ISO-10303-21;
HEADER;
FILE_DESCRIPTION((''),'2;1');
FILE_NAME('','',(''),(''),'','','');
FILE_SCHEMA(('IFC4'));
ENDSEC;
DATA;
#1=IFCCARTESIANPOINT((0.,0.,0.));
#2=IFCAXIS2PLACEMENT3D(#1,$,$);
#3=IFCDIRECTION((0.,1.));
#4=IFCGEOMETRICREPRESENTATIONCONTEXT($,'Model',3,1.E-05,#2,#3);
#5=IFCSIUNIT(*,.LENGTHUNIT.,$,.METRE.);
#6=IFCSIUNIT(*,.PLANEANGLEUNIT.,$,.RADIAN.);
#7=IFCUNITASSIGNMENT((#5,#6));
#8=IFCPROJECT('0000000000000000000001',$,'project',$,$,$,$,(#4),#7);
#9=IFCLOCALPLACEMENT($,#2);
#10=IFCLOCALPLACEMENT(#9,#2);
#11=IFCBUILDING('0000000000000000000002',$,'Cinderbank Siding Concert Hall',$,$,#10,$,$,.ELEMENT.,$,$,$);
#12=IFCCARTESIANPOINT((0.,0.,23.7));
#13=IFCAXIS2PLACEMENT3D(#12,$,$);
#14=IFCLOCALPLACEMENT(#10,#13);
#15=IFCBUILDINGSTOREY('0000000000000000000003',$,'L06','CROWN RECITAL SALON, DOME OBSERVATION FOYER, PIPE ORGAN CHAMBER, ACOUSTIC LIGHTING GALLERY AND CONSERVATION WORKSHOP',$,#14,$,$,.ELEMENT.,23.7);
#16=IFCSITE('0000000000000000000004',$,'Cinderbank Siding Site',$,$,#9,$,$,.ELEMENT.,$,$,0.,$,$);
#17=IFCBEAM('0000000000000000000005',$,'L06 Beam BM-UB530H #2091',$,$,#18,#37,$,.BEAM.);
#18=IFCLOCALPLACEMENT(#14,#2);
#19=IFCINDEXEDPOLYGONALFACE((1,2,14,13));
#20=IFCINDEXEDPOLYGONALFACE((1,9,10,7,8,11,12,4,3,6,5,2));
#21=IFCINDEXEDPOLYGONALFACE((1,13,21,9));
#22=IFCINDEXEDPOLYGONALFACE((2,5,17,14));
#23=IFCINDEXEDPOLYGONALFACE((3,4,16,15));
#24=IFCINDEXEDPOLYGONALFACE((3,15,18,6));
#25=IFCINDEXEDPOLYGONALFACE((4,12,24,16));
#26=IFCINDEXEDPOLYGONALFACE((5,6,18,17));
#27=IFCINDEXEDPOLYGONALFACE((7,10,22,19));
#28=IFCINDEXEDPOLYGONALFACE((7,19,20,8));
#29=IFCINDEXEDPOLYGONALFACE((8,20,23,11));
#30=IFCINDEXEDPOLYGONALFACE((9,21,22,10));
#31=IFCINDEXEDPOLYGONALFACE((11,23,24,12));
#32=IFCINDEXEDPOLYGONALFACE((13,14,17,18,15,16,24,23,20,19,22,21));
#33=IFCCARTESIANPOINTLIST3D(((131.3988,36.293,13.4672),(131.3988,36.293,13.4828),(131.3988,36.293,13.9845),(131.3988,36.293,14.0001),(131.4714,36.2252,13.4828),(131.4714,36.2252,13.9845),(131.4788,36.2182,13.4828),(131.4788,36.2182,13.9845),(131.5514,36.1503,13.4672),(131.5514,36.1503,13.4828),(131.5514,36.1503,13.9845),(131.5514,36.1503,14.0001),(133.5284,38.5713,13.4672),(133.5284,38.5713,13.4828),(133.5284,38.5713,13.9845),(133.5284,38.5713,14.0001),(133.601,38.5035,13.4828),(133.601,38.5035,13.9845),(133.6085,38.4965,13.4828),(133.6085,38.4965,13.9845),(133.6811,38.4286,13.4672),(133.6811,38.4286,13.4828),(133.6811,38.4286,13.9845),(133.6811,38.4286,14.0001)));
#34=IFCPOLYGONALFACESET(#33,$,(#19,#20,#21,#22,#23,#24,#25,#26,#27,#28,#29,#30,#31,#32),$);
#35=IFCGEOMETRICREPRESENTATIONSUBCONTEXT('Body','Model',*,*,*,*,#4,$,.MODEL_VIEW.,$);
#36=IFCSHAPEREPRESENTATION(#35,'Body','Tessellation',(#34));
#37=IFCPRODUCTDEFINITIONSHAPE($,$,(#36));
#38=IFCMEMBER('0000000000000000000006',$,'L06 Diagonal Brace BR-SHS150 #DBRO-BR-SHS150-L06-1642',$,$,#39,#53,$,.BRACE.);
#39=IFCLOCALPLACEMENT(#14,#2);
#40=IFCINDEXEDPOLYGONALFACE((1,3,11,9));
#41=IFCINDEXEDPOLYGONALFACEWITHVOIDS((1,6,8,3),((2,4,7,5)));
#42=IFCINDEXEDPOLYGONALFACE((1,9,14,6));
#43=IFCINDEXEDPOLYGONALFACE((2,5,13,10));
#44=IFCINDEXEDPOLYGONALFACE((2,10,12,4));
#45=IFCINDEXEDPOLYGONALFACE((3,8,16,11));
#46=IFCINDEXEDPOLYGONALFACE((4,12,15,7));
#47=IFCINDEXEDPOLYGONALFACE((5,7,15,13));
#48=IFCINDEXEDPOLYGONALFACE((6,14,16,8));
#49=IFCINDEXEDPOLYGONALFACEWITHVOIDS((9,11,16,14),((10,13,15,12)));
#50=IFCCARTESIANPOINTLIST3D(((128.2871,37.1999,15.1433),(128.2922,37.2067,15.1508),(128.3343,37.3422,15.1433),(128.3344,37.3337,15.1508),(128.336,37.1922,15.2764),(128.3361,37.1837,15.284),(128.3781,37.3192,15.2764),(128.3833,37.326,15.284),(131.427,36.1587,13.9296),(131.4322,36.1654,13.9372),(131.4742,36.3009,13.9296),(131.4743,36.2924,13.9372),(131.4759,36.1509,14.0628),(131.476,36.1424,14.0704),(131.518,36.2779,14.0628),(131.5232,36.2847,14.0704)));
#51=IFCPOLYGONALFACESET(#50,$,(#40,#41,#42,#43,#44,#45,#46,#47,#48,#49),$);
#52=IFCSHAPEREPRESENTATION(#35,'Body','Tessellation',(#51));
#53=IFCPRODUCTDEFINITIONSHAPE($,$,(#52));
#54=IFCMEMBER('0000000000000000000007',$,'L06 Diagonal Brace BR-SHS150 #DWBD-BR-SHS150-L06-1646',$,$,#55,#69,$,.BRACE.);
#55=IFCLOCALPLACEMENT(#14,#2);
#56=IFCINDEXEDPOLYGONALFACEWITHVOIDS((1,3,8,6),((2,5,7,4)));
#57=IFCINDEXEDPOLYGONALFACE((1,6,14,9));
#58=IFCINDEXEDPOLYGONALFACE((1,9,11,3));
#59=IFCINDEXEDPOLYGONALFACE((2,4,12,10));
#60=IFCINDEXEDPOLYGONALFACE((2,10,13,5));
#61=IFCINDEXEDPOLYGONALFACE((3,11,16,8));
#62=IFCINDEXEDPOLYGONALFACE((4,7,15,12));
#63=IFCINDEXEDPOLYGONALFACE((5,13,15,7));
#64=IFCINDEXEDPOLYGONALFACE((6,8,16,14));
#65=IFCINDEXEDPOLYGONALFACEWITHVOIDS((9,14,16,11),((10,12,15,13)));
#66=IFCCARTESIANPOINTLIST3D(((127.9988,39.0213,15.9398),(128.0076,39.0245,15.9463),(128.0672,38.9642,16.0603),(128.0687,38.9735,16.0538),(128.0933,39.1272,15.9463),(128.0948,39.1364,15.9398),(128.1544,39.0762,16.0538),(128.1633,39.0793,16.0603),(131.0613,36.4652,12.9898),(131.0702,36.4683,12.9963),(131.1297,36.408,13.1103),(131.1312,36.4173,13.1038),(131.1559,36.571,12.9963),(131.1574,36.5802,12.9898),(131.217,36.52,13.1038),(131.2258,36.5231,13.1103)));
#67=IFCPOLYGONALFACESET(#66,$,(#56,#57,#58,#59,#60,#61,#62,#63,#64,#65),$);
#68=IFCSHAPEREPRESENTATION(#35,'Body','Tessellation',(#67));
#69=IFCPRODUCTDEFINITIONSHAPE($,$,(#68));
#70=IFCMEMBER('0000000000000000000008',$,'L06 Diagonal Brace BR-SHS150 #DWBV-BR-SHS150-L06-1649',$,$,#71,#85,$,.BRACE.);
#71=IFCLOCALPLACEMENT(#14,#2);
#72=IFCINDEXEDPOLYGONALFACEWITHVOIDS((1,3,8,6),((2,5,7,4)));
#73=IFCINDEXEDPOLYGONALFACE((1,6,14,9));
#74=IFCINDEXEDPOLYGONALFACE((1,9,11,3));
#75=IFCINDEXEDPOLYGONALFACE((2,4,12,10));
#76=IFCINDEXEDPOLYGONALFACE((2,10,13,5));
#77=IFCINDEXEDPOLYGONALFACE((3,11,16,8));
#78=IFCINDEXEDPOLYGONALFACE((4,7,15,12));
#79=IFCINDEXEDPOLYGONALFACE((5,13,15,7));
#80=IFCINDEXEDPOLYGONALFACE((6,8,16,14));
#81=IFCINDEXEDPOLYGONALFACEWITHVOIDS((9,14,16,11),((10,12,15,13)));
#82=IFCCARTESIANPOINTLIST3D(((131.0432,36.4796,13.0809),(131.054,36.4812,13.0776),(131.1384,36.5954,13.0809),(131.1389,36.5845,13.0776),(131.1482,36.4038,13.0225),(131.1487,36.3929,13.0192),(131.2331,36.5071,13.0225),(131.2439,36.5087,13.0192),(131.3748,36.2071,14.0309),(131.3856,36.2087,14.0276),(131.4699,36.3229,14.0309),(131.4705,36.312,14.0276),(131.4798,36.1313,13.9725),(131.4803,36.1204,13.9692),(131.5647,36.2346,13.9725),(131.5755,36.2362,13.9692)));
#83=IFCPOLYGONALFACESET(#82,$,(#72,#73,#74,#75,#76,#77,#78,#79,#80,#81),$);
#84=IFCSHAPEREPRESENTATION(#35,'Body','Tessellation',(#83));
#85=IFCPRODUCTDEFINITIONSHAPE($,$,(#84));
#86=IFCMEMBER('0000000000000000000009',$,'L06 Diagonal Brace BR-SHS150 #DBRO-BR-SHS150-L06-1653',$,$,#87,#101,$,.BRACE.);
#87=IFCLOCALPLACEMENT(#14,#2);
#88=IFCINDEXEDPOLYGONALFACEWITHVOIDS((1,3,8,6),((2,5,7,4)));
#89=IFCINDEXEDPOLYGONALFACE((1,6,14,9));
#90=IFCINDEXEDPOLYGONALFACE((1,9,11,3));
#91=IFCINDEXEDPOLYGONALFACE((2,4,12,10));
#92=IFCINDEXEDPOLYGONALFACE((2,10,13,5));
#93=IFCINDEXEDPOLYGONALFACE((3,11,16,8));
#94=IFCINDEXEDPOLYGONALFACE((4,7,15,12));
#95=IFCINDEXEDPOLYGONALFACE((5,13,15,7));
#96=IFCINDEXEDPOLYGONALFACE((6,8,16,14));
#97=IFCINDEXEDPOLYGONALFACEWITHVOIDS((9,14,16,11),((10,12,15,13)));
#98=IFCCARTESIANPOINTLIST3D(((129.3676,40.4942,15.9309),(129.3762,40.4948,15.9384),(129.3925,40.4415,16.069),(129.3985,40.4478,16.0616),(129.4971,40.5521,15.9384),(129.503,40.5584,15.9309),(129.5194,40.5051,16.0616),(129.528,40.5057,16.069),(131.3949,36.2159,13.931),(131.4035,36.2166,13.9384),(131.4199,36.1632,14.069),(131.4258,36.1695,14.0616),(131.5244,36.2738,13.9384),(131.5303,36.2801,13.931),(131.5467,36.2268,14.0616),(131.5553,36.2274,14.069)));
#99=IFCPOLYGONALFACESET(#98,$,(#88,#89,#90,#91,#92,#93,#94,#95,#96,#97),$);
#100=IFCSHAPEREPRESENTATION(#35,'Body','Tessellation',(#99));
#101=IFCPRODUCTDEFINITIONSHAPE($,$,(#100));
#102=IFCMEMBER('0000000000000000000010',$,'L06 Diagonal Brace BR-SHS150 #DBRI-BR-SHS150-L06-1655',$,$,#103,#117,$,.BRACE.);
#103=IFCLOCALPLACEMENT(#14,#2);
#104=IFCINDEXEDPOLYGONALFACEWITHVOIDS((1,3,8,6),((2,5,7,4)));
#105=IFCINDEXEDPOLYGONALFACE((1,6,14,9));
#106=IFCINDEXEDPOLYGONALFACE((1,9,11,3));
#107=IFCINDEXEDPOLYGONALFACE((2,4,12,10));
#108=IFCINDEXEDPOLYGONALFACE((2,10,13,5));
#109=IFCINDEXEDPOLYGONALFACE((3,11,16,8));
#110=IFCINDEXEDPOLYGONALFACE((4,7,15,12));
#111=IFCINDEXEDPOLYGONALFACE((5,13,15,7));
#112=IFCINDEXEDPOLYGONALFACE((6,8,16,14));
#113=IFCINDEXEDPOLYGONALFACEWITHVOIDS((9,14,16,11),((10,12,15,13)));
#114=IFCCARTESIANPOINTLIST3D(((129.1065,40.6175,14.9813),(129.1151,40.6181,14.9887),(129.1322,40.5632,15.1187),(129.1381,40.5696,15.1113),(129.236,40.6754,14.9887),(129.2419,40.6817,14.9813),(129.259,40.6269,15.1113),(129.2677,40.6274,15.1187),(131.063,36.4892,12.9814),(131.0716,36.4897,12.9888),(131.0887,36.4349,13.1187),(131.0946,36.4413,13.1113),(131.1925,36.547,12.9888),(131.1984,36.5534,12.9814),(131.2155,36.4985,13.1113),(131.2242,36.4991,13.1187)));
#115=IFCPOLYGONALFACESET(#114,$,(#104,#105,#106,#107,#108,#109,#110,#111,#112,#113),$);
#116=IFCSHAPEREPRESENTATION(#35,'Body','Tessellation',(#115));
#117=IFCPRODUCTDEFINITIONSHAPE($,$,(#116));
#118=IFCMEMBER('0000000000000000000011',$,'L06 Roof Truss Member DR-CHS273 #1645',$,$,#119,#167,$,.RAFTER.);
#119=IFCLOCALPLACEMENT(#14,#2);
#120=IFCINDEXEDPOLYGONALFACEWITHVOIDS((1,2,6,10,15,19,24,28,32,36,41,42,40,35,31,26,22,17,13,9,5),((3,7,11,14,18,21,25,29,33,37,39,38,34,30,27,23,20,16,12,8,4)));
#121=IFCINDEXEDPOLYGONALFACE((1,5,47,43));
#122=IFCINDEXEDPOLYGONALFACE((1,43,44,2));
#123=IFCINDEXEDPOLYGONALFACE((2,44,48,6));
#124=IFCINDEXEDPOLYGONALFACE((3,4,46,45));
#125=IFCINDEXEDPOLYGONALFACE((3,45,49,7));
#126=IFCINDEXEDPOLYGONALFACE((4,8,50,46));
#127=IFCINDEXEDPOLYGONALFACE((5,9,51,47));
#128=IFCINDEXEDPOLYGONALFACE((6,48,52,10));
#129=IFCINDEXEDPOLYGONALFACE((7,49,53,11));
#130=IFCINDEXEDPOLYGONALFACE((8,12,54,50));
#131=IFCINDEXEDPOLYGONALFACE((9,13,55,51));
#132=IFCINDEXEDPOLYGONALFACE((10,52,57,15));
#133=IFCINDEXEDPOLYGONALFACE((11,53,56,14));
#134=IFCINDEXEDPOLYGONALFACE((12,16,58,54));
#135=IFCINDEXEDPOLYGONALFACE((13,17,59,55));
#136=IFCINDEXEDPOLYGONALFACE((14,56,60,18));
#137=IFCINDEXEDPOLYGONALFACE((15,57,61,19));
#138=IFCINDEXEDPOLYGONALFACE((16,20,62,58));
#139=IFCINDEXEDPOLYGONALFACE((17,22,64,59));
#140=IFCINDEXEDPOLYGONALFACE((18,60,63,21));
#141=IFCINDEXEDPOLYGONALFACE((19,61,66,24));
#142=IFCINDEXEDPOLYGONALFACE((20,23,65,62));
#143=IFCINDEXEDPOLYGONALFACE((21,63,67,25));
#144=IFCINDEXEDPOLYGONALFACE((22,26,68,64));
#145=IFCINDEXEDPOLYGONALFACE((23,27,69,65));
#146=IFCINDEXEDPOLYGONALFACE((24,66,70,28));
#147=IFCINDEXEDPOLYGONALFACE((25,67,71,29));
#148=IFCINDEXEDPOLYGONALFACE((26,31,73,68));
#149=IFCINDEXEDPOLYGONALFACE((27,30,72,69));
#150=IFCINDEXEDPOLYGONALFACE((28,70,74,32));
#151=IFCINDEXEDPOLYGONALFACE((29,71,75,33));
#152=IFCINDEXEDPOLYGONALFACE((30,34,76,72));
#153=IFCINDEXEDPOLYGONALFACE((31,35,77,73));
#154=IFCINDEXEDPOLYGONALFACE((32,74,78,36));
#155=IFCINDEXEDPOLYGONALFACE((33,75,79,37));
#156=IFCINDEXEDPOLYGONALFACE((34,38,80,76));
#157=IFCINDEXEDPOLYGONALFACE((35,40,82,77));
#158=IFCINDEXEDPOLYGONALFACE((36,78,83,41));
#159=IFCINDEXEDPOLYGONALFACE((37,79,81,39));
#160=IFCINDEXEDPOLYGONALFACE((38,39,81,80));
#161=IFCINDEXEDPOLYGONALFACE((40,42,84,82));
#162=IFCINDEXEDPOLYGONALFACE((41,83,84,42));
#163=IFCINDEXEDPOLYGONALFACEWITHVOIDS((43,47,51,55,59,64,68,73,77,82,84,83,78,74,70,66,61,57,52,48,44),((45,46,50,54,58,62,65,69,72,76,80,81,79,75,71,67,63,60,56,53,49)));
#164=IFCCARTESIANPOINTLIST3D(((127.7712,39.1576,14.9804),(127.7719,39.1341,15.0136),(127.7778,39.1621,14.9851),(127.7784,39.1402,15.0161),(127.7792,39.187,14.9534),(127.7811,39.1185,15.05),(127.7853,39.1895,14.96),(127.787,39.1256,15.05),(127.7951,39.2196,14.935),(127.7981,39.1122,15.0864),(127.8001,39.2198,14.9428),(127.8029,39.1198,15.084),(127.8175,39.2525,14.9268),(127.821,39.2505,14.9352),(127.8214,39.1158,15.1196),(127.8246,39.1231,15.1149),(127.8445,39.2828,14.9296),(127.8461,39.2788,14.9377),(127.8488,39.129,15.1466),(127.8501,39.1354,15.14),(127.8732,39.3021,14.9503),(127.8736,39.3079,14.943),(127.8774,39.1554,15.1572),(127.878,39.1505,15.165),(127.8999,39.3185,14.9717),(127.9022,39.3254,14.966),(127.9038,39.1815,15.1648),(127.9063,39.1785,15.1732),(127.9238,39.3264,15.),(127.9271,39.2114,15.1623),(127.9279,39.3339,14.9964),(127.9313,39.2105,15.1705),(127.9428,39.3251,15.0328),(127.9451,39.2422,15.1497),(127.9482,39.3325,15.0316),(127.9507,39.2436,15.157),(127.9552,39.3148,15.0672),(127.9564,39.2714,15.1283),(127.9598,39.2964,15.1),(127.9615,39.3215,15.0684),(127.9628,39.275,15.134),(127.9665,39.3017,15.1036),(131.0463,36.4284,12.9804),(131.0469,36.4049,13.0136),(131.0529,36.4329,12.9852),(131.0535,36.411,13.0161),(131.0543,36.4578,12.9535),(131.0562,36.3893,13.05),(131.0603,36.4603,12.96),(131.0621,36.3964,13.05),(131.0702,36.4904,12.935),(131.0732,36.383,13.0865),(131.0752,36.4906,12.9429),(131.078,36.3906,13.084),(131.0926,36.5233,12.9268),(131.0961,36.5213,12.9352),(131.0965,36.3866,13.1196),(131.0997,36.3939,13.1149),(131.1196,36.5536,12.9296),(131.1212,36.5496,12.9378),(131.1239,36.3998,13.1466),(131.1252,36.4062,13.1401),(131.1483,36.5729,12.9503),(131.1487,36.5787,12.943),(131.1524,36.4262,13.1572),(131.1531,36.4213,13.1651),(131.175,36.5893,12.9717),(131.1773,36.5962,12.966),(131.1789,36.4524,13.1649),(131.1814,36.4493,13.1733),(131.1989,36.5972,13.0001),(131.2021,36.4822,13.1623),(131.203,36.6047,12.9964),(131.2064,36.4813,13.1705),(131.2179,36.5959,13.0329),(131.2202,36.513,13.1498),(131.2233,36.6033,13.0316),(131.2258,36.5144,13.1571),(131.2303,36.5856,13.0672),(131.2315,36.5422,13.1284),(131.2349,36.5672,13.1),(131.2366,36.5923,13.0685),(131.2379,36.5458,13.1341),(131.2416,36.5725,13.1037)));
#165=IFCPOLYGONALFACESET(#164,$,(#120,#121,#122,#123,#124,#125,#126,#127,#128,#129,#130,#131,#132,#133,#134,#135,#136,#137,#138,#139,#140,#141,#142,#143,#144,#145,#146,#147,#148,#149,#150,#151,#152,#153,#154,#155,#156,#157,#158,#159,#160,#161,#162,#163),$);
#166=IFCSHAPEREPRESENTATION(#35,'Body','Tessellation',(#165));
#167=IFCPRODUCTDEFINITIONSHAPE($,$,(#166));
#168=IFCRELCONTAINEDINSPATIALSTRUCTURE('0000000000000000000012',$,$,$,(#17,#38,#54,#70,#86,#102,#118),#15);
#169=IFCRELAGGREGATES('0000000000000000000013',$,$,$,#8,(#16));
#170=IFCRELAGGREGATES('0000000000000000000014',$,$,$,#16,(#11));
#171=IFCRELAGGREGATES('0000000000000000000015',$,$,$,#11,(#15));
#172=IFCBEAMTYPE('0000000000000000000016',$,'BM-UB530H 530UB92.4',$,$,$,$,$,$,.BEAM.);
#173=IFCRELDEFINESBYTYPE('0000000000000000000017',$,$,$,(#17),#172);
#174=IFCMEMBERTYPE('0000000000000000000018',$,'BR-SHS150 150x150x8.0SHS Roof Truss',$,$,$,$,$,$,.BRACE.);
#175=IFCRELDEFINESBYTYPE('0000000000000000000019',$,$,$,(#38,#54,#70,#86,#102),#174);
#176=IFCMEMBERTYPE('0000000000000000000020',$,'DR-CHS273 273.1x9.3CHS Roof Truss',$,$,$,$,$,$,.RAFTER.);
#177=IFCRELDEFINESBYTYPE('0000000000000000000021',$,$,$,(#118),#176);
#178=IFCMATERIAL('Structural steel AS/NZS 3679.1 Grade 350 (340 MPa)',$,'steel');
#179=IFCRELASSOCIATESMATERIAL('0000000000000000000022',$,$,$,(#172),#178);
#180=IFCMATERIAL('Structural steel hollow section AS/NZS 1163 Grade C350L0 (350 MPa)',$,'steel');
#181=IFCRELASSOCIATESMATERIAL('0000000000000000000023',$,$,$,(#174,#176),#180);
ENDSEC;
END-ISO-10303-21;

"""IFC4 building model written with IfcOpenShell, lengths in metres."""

from ifc_helpers import new_model, si_unit, direction, frame, origin, origin_2d, place, context, subcontext, project, spatial, hollow_rectangle, hollow_circle, i_section, extrude, material, material_profile, profile_set, type_object, element, save


model = new_model("IFC4")

# Units and contexts
model_context = context("Model", 3, precision=1e-05, world=origin(), true_north=direction((0.0, 1.0)))
body_context = subcontext(model_context, "Body", "Model", "MODEL_VIEW")
ifc_project = project(units=[si_unit("LENGTHUNIT", "METRE"), si_unit("PLANEANGLEUNIT", "RADIAN")], contexts=[model_context])

# Site, building, storey
site_placement = place(None, origin())
site = spatial("IfcSite", under=ifc_project, at=site_placement, Name="Cinderbank Siding Site", CompositionType="ELEMENT", RefElevation=0.0)
building_placement = place(site_placement, origin())
building = spatial("IfcBuilding", under=site, at=building_placement, Name="Cinderbank Siding Concert Hall", CompositionType="ELEMENT")
storey_placement = place(building_placement, frame((0.0, 0.0, 23.7)))
storey = spatial("IfcBuildingStorey", under=building, at=storey_placement, Name="L06", Description="CROWN RECITAL SALON, DOME OBSERVATION FOYER, PIPE ORGAN CHAMBER, ACOUSTIC LIGHTING GALLERY AND CONSERVATION WORKSHOP", CompositionType="ELEMENT", Elevation=23.7)

# Beam
ifc_material_1 = material(Name="Structural steel AS/NZS 3679.1 Grade 350 (340 MPa)", Category="steel")
ifc_material_profile_1 = material_profile(ifc_material_1, i_section(OverallWidth=0.209, OverallDepth=0.533, WebThickness=0.0103, FlangeThickness=0.0156, at=origin_2d()), Name="530UB92.4", Category="LoadBearing")
ifc_profile_set_1 = profile_set([ifc_material_profile_1], Name="Structural steel AS/NZS 3679.1 Grade 350 (340 MPa)")
beam_type = type_object("IfcBeamType", Name="BM-UB530H 530UB92.4", PredefinedType="BEAM", material=ifc_profile_set_1)
beam_placement = place(storey_placement, frame((131.4751, 36.2217, 13.7336), z_axis=(0.682868, 0.730542, 0.0), x_axis=(-0.730542, 0.682868, 0.0)))
element("IfcBeam", 1, at=beam_placement, inside=storey, type_object=beam_type, Name="L06 Beam BM-UB530H #2091", PredefinedType="BEAM", context=body_context, shape_type="SweptSolid", body=[
    extrude(i_section(OverallWidth=0.209, OverallDepth=0.533, WebThickness=0.0103, FlangeThickness=0.0156, at=origin_2d()), origin(), (0.0, 0.0, 1.0), 3.1187),
])

# Members
ifc_material_2 = material(Name="Structural steel hollow section AS/NZS 1163 Grade C350L0 (350 MPa)", Category="steel")
ifc_material_profile_2 = material_profile(ifc_material_2, hollow_rectangle(XDim=0.1499, YDim=0.1499, WallThickness=0.0081, at=origin_2d()), Name="150x150x8.0SHS", Category="LoadBearing")
ifc_profile_set_2 = profile_set([ifc_material_profile_2], Name="Structural steel hollow section AS/NZS 1163 Grade C350L0 (350 MPa)")
member_type_1 = type_object("IfcMemberType", Name="BR-SHS150 150x150x8.0SHS Roof Truss", PredefinedType="BRACE", material=ifc_profile_set_2)
member_1_placement = place(storey_placement, frame((131.4751, 36.2217, 14.0), z_axis=(-0.891094, 0.295507, 0.344423), x_axis=(-0.314766, -0.949169, 0.0)))
element("IfcMember", 2, at=member_1_placement, inside=storey, type_object=member_type_1, Name="L06 Diagonal Brace BR-SHS150 #DBRO-BR-SHS150-L06-1642", PredefinedType="BRACE", context=body_context, shape_type="SweptSolid", body=[
    extrude(hollow_rectangle(XDim=0.1499, YDim=0.1499, WallThickness=0.0081, at=origin_2d()), origin(), (0.0, 0.0, 1.0), 3.5237),
])
member_2_placement = place(storey_placement, frame((131.1436, 36.4941, 13.05), z_axis=(-0.617271, 0.515213, 0.594586), x_axis=(-0.640786, -0.767719, 0.0)))
element("IfcMember", 3, at=member_2_placement, inside=storey, type_object=member_type_1, Name="L06 Diagonal Brace BR-SHS150 #DWBD-BR-SHS150-L06-1646", PredefinedType="BRACE", context=body_context, shape_type="SweptSolid", body=[
    extrude(hollow_rectangle(XDim=0.1499, YDim=0.1499, WallThickness=0.0081, at=origin_2d()), origin(), (0.0, 0.0, 1.0), 4.9614),
])
member_3_placement = place(storey_placement, frame((131.1436, 36.4941, 13.05), z_axis=(0.318062, -0.261383, 0.911326), x_axis=(0.634909, 0.772587, 0.0)))
element("IfcMember", 4, at=member_3_placement, inside=storey, type_object=member_type_1, Name="L06 Diagonal Brace BR-SHS150 #DWBV-BR-SHS150-L06-1649", PredefinedType="BRACE", context=body_context, shape_type="SweptSolid", body=[
    extrude(hollow_rectangle(XDim=0.1499, YDim=0.1499, WallThickness=0.0081, at=origin_2d()), origin(), (0.0, 0.0, 1.0), 1.0425),
])
member_4_placement = place(storey_placement, frame((131.4751, 36.2217, 14.0), z_axis=(-0.394466, 0.832444, 0.389145), x_axis=(-0.903675, -0.428219, 0.0)))
element("IfcMember", 5, at=member_4_placement, inside=storey, type_object=member_type_1, Name="L06 Diagonal Brace BR-SHS150 #DBRO-BR-SHS150-L06-1653", PredefinedType="BRACE", context=body_context, shape_type="SweptSolid", body=[
    extrude(hollow_rectangle(XDim=0.1499, YDim=0.1499, WallThickness=0.0081, at=origin_2d()), origin(), (0.0, 0.0, 1.0), 5.1394),
])
member_5_placement = place(storey_placement, frame((131.1436, 36.4941, 13.05), z_axis=(-0.392315, 0.827807, 0.401029), x_axis=(-0.903655, -0.428261, 0.0)))
element("IfcMember", 6, at=member_5_placement, inside=storey, type_object=member_type_1, Name="L06 Diagonal Brace BR-SHS150 #DBRI-BR-SHS150-L06-1655", PredefinedType="BRACE", context=body_context, shape_type="SweptSolid", body=[
    extrude(hollow_rectangle(XDim=0.1499, YDim=0.1499, WallThickness=0.0081, at=origin_2d()), origin(), (0.0, 0.0, 1.0), 4.9871),
])
ifc_material_profile_3 = material_profile(ifc_material_2, hollow_circle(Radius=0.1365, WallThickness=0.0093, at=origin_2d()), Name="273.1x9.3CHS", Category="LoadBearing")
ifc_profile_set_3 = profile_set([ifc_material_profile_3], Name="Structural steel hollow section AS/NZS 1163 Grade C350L0 (350 MPa)")
member_type_2 = type_object("IfcMemberType", Name="DR-CHS273 273.1x9.3CHS Roof Truss", PredefinedType="RAFTER", material=ifc_profile_set_3)
member_6_placement = place(storey_placement, frame((131.1436, 36.4941, 13.05), z_axis=(-0.695497, 0.579572, 0.424712), x_axis=(-0.640179, -0.768226, 0.0)))
element("IfcMember", 7, at=member_6_placement, inside=storey, type_object=member_type_2, Name="L06 Roof Truss Member DR-CHS273 #1645", PredefinedType="RAFTER", context=body_context, shape_type="SweptSolid", body=[
    extrude(hollow_circle(Radius=0.1365, WallThickness=0.0093, at=origin_2d()), origin(), (0.0, 0.0, 1.0), 4.709),
])

save(model, "model.ifc")
